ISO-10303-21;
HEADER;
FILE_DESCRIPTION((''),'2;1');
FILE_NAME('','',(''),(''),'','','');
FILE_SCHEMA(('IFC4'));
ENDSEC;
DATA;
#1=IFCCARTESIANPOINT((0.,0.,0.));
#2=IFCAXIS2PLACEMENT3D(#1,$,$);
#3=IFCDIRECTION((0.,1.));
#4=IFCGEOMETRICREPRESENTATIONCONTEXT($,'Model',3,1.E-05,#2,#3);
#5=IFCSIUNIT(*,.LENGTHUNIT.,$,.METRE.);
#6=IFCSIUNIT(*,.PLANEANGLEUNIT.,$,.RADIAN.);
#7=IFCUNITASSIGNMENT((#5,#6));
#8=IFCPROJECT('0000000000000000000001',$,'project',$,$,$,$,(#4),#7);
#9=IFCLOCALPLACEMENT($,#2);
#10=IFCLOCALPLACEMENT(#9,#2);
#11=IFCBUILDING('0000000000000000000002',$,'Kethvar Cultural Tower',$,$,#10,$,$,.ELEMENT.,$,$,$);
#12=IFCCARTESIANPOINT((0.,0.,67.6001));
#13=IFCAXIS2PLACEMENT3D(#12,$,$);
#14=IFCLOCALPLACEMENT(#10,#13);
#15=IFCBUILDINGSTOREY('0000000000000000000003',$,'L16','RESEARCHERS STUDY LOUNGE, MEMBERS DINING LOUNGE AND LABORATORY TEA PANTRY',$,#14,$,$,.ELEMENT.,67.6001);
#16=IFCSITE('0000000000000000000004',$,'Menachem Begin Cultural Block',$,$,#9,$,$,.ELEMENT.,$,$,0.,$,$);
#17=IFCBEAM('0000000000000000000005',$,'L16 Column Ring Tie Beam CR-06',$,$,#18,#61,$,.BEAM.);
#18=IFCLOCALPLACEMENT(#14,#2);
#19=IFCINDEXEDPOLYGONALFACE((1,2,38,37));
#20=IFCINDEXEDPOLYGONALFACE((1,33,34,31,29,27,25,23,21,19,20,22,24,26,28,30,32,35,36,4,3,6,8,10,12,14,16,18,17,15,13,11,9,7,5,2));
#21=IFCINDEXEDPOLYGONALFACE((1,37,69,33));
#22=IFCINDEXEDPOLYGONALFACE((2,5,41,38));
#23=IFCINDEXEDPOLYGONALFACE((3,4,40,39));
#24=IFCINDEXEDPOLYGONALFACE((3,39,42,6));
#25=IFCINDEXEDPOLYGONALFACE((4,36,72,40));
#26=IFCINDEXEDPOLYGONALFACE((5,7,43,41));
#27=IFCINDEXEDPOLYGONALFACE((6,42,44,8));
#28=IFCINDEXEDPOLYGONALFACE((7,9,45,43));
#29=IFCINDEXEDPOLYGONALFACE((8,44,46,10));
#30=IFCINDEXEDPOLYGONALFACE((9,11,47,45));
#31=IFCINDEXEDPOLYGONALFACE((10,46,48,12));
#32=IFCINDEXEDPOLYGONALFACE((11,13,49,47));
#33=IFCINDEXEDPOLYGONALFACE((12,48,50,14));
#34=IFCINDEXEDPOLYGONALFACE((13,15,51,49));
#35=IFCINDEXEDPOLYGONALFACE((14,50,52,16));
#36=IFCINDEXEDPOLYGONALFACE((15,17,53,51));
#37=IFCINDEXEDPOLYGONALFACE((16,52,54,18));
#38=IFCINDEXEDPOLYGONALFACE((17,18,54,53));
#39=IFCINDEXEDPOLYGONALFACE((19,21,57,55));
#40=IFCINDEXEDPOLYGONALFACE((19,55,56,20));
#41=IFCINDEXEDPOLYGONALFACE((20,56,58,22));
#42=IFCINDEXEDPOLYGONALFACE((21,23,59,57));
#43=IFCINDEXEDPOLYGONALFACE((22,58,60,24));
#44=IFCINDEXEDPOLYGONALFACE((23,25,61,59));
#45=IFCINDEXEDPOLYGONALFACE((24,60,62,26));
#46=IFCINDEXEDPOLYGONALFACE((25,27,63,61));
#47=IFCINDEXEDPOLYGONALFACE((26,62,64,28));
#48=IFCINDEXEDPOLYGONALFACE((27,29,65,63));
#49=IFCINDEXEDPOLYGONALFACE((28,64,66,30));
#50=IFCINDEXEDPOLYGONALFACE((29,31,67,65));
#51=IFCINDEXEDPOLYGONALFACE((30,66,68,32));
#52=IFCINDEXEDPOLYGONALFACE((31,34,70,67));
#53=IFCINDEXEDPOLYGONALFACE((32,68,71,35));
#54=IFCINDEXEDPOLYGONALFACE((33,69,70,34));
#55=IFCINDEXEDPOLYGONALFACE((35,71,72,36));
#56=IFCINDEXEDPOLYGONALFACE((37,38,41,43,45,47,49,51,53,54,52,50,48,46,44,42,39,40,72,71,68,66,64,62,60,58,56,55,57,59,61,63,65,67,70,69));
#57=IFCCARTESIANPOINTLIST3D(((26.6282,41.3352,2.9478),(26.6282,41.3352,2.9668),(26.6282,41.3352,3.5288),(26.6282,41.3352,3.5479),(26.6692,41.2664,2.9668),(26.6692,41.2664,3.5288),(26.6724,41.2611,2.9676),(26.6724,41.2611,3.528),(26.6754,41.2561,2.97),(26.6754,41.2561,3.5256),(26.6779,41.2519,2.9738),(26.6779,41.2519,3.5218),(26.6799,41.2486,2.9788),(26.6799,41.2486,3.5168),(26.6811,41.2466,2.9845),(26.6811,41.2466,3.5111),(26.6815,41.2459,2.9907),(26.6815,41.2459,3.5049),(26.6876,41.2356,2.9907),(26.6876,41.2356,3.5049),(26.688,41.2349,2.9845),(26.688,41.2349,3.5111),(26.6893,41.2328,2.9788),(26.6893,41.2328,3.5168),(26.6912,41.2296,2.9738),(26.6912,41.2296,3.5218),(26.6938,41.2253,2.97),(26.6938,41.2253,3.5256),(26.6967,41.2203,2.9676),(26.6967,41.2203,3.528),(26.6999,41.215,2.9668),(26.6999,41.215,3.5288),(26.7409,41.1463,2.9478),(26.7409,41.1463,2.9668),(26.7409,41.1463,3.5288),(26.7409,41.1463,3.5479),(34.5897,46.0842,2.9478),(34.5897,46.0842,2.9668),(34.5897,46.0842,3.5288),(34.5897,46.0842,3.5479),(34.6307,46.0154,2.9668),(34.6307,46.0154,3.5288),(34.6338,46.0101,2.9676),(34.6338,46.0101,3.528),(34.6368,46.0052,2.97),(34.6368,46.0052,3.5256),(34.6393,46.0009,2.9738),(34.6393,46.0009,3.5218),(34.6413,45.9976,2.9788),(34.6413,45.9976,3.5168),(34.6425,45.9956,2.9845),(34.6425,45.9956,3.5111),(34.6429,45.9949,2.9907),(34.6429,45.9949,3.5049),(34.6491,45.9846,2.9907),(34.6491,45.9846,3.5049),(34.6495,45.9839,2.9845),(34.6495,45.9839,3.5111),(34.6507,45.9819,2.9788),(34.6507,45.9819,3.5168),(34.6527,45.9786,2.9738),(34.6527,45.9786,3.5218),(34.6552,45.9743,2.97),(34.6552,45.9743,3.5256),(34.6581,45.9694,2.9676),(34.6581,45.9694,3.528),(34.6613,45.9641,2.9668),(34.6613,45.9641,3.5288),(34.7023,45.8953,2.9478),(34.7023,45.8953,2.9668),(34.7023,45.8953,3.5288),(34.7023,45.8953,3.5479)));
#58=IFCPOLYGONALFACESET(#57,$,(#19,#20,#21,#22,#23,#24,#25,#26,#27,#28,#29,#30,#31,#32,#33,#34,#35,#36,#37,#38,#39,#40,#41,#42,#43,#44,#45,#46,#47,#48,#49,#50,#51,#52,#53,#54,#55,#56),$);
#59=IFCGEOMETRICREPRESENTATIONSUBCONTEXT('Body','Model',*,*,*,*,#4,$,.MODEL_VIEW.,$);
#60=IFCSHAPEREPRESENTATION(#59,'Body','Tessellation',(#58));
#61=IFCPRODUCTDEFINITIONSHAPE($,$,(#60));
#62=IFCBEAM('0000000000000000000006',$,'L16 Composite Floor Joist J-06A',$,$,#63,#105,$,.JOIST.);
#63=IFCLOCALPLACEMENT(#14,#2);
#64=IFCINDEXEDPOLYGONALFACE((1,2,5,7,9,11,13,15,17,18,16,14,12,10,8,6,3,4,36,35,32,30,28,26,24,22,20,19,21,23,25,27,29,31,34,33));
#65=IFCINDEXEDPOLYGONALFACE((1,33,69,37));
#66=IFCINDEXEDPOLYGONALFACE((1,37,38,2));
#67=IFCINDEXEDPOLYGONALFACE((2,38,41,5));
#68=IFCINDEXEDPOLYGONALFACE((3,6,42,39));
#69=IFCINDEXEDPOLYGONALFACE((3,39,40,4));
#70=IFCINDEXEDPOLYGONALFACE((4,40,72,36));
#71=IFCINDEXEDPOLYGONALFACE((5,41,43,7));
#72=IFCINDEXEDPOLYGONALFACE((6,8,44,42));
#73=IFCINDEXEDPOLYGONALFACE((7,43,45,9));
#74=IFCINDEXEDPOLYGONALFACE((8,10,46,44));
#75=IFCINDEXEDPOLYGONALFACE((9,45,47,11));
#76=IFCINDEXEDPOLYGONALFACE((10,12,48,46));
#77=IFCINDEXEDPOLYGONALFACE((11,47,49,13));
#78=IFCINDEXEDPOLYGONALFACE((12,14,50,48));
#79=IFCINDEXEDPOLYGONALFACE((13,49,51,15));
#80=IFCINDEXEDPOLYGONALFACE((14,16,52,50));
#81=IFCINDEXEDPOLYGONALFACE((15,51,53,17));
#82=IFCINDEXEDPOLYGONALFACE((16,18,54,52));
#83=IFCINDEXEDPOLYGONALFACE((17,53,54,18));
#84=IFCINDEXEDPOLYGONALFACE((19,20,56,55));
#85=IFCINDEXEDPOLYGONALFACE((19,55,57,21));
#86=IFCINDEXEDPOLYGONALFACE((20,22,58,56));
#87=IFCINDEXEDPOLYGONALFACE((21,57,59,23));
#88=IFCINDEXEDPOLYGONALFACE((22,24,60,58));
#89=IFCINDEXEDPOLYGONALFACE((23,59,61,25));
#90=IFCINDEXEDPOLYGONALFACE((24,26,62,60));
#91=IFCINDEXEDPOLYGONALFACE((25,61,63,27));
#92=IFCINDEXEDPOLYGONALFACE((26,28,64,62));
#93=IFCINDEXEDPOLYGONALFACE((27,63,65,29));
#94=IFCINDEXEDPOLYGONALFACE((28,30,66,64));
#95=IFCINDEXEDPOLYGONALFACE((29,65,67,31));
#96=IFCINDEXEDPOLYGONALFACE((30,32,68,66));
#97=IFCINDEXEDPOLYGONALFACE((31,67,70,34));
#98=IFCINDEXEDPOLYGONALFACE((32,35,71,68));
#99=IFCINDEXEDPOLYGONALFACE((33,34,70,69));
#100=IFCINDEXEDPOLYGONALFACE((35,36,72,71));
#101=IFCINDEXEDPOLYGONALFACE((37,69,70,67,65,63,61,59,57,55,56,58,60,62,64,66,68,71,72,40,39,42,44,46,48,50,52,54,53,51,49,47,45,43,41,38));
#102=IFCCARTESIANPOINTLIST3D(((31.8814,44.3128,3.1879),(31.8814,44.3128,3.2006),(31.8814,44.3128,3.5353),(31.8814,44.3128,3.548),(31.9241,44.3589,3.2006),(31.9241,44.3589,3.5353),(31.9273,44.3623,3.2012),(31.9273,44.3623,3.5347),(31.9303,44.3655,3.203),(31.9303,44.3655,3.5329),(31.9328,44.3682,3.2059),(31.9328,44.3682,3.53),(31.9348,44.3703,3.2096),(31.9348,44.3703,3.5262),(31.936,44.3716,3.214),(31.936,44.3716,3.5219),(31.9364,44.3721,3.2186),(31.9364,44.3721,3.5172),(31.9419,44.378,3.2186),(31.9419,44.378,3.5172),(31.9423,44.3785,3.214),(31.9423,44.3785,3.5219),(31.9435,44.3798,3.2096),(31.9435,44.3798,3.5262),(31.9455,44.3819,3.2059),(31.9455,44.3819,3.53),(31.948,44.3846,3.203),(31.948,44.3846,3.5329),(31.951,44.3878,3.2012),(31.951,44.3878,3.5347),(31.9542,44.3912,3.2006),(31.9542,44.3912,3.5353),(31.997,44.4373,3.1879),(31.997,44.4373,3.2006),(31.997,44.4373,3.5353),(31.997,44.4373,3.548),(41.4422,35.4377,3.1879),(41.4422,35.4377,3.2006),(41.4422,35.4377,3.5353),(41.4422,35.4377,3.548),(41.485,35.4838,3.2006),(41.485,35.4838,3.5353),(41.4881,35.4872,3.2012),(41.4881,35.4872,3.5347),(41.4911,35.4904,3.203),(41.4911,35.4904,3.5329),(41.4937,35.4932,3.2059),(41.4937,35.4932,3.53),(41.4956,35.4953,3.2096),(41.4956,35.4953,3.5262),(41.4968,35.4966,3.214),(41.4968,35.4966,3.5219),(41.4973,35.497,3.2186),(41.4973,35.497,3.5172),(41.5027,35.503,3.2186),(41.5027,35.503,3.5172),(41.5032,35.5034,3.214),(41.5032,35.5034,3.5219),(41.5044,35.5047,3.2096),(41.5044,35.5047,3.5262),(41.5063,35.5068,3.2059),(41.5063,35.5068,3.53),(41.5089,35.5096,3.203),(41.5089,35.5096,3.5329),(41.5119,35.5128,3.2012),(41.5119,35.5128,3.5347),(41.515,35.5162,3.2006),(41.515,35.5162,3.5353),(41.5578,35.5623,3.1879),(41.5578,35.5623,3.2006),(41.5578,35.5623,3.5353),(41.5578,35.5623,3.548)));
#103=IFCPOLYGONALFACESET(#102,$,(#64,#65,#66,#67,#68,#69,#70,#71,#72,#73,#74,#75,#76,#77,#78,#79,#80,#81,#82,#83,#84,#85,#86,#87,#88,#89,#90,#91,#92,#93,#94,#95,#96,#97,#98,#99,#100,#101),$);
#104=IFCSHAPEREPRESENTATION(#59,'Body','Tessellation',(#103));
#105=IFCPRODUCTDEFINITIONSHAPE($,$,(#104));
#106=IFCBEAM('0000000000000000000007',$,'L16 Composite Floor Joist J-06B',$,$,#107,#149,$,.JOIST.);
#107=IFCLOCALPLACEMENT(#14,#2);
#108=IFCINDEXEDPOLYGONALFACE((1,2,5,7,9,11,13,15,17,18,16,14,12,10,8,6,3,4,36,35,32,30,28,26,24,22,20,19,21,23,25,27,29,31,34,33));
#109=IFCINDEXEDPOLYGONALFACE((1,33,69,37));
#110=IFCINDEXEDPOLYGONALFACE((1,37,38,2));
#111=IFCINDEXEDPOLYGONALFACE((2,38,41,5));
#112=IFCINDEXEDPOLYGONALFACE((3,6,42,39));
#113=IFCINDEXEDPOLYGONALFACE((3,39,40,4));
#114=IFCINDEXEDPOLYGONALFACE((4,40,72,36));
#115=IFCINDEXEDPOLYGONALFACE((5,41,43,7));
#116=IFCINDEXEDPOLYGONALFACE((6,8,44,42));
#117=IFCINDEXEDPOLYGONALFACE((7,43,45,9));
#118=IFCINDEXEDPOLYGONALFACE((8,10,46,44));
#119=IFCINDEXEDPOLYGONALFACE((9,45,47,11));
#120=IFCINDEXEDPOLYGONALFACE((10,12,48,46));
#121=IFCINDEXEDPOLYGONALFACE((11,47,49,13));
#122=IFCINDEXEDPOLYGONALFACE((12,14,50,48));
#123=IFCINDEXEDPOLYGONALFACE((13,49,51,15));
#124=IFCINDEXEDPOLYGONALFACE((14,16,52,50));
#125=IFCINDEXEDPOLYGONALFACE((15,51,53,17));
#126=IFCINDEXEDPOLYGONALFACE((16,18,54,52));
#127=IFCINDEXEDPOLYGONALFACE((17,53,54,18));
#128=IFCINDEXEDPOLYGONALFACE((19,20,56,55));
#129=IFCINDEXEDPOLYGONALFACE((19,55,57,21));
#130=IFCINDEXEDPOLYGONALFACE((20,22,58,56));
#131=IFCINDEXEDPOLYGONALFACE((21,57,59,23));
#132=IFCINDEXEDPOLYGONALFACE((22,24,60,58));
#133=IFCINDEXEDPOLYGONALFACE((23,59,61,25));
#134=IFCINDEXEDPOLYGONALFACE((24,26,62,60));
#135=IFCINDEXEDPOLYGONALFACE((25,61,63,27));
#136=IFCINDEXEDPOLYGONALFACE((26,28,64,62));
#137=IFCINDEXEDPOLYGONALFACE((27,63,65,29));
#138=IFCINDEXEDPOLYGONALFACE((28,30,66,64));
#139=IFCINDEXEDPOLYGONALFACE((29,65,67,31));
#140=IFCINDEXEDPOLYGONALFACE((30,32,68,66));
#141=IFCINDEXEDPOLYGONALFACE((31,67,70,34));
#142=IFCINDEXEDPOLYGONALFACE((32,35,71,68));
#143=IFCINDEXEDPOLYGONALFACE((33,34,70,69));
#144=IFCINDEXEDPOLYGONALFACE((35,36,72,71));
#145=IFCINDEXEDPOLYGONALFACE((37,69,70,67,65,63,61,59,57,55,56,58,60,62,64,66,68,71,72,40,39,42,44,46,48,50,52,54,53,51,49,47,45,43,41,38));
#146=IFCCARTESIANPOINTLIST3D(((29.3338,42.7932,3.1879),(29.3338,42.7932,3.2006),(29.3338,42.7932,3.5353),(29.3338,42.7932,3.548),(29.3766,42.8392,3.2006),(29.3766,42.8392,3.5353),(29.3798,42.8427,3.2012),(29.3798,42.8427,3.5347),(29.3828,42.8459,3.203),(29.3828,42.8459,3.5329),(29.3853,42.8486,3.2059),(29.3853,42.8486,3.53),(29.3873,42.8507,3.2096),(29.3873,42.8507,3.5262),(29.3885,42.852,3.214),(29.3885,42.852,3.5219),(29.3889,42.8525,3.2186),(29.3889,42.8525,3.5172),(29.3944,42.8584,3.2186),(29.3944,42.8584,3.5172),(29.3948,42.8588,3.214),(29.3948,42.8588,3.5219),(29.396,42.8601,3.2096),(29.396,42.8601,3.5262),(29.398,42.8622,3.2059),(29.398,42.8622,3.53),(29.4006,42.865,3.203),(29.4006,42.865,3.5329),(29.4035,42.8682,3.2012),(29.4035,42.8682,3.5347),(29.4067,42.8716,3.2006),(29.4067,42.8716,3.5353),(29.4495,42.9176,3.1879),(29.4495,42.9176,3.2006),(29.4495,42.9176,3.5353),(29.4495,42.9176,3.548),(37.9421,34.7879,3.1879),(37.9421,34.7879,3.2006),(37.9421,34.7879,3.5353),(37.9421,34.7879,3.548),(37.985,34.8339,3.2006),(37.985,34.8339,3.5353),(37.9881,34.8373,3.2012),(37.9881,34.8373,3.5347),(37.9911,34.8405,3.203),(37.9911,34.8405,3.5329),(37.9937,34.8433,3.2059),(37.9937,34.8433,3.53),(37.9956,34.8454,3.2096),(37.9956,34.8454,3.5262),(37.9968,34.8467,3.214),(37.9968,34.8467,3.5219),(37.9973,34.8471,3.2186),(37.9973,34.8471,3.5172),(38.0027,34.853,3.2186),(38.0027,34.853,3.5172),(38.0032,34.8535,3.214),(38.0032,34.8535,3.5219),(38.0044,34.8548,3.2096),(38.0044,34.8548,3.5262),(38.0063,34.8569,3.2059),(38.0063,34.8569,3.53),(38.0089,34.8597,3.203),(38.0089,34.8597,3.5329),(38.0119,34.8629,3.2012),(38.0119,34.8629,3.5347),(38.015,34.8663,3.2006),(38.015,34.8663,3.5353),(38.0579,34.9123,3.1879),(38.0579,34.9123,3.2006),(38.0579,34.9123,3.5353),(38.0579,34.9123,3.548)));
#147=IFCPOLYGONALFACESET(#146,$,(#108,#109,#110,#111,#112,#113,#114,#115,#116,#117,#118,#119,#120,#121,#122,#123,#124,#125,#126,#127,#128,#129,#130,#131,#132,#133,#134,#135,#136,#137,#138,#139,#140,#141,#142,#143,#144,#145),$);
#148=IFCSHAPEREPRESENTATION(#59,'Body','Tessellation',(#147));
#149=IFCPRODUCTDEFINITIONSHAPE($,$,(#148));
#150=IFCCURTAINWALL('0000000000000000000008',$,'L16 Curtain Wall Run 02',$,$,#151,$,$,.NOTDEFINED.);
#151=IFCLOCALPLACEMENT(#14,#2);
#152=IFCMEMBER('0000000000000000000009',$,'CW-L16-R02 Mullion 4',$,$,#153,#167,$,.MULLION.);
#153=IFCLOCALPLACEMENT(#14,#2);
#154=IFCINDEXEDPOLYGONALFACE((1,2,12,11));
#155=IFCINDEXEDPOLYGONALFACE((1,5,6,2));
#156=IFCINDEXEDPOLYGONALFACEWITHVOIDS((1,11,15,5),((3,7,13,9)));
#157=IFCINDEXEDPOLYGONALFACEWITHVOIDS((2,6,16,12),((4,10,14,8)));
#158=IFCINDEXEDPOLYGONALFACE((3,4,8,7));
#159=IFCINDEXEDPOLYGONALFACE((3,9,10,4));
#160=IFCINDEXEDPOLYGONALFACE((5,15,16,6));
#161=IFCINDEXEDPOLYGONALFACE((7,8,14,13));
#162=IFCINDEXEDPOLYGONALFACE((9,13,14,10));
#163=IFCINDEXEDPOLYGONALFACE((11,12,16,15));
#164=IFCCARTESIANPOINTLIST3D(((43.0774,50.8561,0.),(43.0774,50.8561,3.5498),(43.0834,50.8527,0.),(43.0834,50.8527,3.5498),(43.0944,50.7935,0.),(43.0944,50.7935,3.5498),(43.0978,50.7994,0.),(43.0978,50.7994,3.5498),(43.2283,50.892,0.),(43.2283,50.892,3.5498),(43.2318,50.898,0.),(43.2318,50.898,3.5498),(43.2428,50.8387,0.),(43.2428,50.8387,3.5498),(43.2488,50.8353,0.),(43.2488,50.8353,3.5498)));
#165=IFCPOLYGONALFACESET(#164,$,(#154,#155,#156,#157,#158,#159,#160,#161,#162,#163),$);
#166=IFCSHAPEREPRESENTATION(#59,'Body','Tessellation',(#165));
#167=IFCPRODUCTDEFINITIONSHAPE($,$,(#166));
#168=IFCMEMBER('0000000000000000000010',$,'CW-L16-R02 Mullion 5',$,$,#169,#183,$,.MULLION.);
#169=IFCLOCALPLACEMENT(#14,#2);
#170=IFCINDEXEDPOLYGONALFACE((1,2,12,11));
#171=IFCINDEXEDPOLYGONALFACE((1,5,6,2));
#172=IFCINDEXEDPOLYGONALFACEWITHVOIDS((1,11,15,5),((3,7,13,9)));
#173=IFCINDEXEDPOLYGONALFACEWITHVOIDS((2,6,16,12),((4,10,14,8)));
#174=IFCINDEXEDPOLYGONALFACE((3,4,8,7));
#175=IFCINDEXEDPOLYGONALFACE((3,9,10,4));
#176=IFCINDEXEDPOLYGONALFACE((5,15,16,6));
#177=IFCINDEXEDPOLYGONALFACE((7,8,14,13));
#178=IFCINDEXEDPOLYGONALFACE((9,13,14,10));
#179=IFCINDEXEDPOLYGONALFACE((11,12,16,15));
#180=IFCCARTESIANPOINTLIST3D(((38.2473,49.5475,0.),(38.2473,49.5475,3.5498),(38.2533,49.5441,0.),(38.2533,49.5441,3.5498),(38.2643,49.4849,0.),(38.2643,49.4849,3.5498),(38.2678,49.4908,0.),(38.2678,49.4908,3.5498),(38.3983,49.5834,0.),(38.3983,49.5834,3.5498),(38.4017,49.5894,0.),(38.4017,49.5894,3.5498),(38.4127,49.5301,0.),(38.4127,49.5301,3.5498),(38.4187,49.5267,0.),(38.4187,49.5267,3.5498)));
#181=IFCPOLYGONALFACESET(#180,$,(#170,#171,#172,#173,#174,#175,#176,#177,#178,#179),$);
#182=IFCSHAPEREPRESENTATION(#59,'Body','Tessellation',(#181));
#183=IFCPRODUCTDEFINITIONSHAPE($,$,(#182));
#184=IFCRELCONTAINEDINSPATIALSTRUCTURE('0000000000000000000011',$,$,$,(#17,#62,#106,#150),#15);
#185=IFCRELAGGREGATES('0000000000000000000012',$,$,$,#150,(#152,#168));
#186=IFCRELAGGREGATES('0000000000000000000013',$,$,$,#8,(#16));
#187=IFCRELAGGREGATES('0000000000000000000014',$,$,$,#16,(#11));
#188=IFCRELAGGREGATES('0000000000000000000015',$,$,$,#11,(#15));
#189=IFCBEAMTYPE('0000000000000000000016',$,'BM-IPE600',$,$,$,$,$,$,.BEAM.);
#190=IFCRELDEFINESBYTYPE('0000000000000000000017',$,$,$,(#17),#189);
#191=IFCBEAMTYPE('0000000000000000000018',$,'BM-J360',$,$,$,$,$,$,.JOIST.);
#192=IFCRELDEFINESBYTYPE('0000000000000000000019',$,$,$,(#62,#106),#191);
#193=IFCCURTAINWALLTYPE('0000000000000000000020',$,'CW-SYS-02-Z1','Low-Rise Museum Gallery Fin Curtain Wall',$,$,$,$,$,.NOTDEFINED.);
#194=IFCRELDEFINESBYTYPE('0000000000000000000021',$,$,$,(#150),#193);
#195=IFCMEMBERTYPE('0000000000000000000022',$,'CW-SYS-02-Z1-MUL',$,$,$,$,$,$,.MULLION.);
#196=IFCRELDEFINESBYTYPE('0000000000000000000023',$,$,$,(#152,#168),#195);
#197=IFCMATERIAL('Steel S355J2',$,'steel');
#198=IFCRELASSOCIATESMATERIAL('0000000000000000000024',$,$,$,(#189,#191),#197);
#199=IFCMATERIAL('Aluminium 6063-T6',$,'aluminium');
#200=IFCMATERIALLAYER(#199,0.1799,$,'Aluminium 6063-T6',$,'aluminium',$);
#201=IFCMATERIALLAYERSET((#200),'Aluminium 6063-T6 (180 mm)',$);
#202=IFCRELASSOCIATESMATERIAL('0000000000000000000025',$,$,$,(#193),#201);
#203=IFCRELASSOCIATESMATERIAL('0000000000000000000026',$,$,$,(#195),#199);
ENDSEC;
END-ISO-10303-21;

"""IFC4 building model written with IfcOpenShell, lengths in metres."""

from ifc_helpers import new_model, si_unit, direction, frame, origin, origin_2d, place, context, subcontext, project, spatial, hollow_rectangle, i_section, extrude, source, transform, mapped, material, layer, layer_set, material_profile, profile_set, type_object, element, aggregate, save


model = new_model("IFC4")

# Units and contexts
model_context = context("Model", 3, precision=1e-05, world=origin(), true_north=direction((0.0, 1.0)))
body_context = subcontext(model_context, "Body", "Model", "MODEL_VIEW")
ifc_project = project(units=[si_unit("LENGTHUNIT", "METRE"), si_unit("PLANEANGLEUNIT", "RADIAN")], contexts=[model_context])

# Site, building, storey
site_placement = place(None, origin())
site = spatial("IfcSite", under=ifc_project, at=site_placement, Name="Menachem Begin Cultural Block", CompositionType="ELEMENT", RefElevation=0.0)
building_placement = place(site_placement, origin())
building = spatial("IfcBuilding", under=site, at=building_placement, Name="Kethvar Cultural Tower", CompositionType="ELEMENT")
storey_placement = place(building_placement, frame((0.0, 0.0, 67.6001)))
storey = spatial("IfcBuildingStorey", under=building, at=storey_placement, Name="L16", Description="RESEARCHERS STUDY LOUNGE, MEMBERS DINING LOUNGE AND LABORATORY TEA PANTRY", CompositionType="ELEMENT", Elevation=67.6001)

# Beams
ifc_material_1 = material(Name="Steel S355J2", Category="steel")
ifc_material_profile_1 = material_profile(ifc_material_1, i_section(OverallWidth=0.22, OverallDepth=0.6001, WebThickness=0.012, FlangeThickness=0.019, FilletRadius=0.0239, at=origin_2d()), Name="Steel S355J2 — IPE600")
ifc_profile_set_1 = profile_set([ifc_material_profile_1], Name="Steel S355J2 — IPE600")
beam_type_1 = type_object("IfcBeamType", Name="BM-IPE600", PredefinedType="BEAM", material=ifc_profile_set_1)
ifc_material_profile_2 = material_profile(ifc_material_1, i_section(OverallWidth=0.1699, OverallDepth=0.3601, WebThickness=0.0081, FlangeThickness=0.0127, FilletRadius=0.0181, at=origin_2d()), Name="Steel S355J2 — IPE360")
ifc_profile_set_2 = profile_set([ifc_material_profile_2], Name="Steel S355J2 — IPE360")
beam_type_2 = type_object("IfcBeamType", Name="BM-J360", PredefinedType="JOIST", material=ifc_profile_set_2)
shared_shape_1 = source(origin(), body_context, "Body", "SweptSolid", [
    extrude(i_section(OverallWidth=0.22, OverallDepth=0.6001, WebThickness=0.012, FlangeThickness=0.019, FilletRadius=0.0239, at=origin_2d()), origin(), (0.0, 0.0, 1.0), 9.2703),
])
beam_1_placement = place(storey_placement, frame((34.646, 45.9897, 3.2478), z_axis=(-0.858815, -0.512286, 0.0), x_axis=(0.512286, -0.858815, 0.0)))
element("IfcBeam", 1, at=beam_1_placement, inside=storey, type_object=beam_type_1, Name="L16 Column Ring Tie Beam CR-06", PredefinedType="BEAM", context=body_context, shape_type="MappedRepresentation", body=[
    mapped(shared_shape_1, transform((0.0, 0.0, 0.0), scale=1.0)),
])
shared_shape_2 = source(origin(), body_context, "Body", "SweptSolid", [
    extrude(i_section(OverallWidth=0.1699, OverallDepth=0.3601, WebThickness=0.0081, FlangeThickness=0.0127, FilletRadius=0.0181, at=origin_2d()), origin(), (0.0, 0.0, 1.0), 13.0452),
])
beam_2_placement = place(storey_placement, frame((41.5, 35.5, 3.3679), z_axis=(-0.732903, 0.680333, 0.0), x_axis=(-0.680333, -0.732903, 0.0)))
element("IfcBeam", 2, at=beam_2_placement, inside=storey, type_object=beam_type_2, Name="L16 Composite Floor Joist J-06A", PredefinedType="JOIST", context=body_context, shape_type="MappedRepresentation", body=[
    mapped(shared_shape_2, transform((0.0, 0.0, 0.0), scale=1.0)),
])
shared_shape_3 = source(origin(), body_context, "Body", "SweptSolid", [
    extrude(i_section(OverallWidth=0.1699, OverallDepth=0.3601, WebThickness=0.0081, FlangeThickness=0.0127, FilletRadius=0.0181, at=origin_2d()), origin(), (0.0, 0.0, 1.0), 11.7554),
])
beam_3_placement = place(storey_placement, frame((38.0, 34.8501, 3.3679), z_axis=(-0.73229, 0.680993, 0.0), x_axis=(-0.680993, -0.73229, 0.0)))
element("IfcBeam", 3, at=beam_3_placement, inside=storey, type_object=beam_type_2, Name="L16 Composite Floor Joist J-06B", PredefinedType="JOIST", context=body_context, shape_type="MappedRepresentation", body=[
    mapped(shared_shape_3, transform((0.0, 0.0, 0.0), scale=1.0)),
])

# Curtain wall, members
ifc_material_2 = material(Name="Aluminium 6063-T6", Category="aluminium")
ifc_layer_1 = layer(ifc_material_2, 0.1799, Name="Aluminium 6063-T6", Category="aluminium")
ifc_layer_set_1 = layer_set([ifc_layer_1], Name="Aluminium 6063-T6 (180 mm)")
curtain_wall_type = type_object("IfcCurtainWallType", Name="CW-SYS-02-Z1", Description="Low-Rise Museum Gallery Fin Curtain Wall", PredefinedType="NOTDEFINED", material=ifc_layer_set_1)
curtain_wall_placement = place(storey_placement, origin())
curtain_wall = element("IfcCurtainWall", 4, at=curtain_wall_placement, inside=storey, type_object=curtain_wall_type, Name="L16 Curtain Wall Run 02", PredefinedType="NOTDEFINED")
ifc_material_profile_3 = material_profile(ifc_material_2, hollow_rectangle(XDim=0.0649, YDim=0.1599, WallThickness=0.0049, at=origin_2d()), Name="Aluminium 6063-T6 — RHS160x65x5")
ifc_profile_set_3 = profile_set([ifc_material_profile_3], Name="Aluminium 6063-T6 — RHS160x65x5")
member_type_1 = type_object("IfcMemberType", Name="CW-SYS-02-Z1-MUL", PredefinedType="MULLION", material=ifc_profile_set_3)
shared_shape_4 = source(origin(), body_context, "Body", "SweptSolid", [
    extrude(hollow_rectangle(XDim=0.0649, YDim=0.1599, WallThickness=0.0049, at=origin_2d()), origin(), (0.0, 0.0, 1.0), 3.5498),
])
member_1_placement = place(storey_placement, frame((43.1631, 50.8457, 0.0), z_axis=(0.0, 0.0, 1.0), x_axis=(0.261499, -0.965204, 0.0)))
member_1 = element("IfcMember", 5, at=member_1_placement, type_object=member_type_1, Name="CW-L16-R02 Mullion 4", PredefinedType="MULLION", context=body_context, shape_type="MappedRepresentation", body=[
    mapped(shared_shape_4, transform((0.0, 0.0, 0.0), scale=1.0)),
])
member_2_placement = place(storey_placement, frame((38.333, 49.5371, 0.0), z_axis=(0.0, 0.0, 1.0), x_axis=(0.261499, -0.965204, 0.0)))
member_2 = element("IfcMember", 6, at=member_2_placement, type_object=member_type_1, Name="CW-L16-R02 Mullion 5", PredefinedType="MULLION", context=body_context, shape_type="MappedRepresentation", body=[
    mapped(shared_shape_4, transform((0.0, 0.0, 0.0), scale=1.0)),
])
aggregate(curtain_wall, [member_1, member_2])

save(model, "model.ifc")
